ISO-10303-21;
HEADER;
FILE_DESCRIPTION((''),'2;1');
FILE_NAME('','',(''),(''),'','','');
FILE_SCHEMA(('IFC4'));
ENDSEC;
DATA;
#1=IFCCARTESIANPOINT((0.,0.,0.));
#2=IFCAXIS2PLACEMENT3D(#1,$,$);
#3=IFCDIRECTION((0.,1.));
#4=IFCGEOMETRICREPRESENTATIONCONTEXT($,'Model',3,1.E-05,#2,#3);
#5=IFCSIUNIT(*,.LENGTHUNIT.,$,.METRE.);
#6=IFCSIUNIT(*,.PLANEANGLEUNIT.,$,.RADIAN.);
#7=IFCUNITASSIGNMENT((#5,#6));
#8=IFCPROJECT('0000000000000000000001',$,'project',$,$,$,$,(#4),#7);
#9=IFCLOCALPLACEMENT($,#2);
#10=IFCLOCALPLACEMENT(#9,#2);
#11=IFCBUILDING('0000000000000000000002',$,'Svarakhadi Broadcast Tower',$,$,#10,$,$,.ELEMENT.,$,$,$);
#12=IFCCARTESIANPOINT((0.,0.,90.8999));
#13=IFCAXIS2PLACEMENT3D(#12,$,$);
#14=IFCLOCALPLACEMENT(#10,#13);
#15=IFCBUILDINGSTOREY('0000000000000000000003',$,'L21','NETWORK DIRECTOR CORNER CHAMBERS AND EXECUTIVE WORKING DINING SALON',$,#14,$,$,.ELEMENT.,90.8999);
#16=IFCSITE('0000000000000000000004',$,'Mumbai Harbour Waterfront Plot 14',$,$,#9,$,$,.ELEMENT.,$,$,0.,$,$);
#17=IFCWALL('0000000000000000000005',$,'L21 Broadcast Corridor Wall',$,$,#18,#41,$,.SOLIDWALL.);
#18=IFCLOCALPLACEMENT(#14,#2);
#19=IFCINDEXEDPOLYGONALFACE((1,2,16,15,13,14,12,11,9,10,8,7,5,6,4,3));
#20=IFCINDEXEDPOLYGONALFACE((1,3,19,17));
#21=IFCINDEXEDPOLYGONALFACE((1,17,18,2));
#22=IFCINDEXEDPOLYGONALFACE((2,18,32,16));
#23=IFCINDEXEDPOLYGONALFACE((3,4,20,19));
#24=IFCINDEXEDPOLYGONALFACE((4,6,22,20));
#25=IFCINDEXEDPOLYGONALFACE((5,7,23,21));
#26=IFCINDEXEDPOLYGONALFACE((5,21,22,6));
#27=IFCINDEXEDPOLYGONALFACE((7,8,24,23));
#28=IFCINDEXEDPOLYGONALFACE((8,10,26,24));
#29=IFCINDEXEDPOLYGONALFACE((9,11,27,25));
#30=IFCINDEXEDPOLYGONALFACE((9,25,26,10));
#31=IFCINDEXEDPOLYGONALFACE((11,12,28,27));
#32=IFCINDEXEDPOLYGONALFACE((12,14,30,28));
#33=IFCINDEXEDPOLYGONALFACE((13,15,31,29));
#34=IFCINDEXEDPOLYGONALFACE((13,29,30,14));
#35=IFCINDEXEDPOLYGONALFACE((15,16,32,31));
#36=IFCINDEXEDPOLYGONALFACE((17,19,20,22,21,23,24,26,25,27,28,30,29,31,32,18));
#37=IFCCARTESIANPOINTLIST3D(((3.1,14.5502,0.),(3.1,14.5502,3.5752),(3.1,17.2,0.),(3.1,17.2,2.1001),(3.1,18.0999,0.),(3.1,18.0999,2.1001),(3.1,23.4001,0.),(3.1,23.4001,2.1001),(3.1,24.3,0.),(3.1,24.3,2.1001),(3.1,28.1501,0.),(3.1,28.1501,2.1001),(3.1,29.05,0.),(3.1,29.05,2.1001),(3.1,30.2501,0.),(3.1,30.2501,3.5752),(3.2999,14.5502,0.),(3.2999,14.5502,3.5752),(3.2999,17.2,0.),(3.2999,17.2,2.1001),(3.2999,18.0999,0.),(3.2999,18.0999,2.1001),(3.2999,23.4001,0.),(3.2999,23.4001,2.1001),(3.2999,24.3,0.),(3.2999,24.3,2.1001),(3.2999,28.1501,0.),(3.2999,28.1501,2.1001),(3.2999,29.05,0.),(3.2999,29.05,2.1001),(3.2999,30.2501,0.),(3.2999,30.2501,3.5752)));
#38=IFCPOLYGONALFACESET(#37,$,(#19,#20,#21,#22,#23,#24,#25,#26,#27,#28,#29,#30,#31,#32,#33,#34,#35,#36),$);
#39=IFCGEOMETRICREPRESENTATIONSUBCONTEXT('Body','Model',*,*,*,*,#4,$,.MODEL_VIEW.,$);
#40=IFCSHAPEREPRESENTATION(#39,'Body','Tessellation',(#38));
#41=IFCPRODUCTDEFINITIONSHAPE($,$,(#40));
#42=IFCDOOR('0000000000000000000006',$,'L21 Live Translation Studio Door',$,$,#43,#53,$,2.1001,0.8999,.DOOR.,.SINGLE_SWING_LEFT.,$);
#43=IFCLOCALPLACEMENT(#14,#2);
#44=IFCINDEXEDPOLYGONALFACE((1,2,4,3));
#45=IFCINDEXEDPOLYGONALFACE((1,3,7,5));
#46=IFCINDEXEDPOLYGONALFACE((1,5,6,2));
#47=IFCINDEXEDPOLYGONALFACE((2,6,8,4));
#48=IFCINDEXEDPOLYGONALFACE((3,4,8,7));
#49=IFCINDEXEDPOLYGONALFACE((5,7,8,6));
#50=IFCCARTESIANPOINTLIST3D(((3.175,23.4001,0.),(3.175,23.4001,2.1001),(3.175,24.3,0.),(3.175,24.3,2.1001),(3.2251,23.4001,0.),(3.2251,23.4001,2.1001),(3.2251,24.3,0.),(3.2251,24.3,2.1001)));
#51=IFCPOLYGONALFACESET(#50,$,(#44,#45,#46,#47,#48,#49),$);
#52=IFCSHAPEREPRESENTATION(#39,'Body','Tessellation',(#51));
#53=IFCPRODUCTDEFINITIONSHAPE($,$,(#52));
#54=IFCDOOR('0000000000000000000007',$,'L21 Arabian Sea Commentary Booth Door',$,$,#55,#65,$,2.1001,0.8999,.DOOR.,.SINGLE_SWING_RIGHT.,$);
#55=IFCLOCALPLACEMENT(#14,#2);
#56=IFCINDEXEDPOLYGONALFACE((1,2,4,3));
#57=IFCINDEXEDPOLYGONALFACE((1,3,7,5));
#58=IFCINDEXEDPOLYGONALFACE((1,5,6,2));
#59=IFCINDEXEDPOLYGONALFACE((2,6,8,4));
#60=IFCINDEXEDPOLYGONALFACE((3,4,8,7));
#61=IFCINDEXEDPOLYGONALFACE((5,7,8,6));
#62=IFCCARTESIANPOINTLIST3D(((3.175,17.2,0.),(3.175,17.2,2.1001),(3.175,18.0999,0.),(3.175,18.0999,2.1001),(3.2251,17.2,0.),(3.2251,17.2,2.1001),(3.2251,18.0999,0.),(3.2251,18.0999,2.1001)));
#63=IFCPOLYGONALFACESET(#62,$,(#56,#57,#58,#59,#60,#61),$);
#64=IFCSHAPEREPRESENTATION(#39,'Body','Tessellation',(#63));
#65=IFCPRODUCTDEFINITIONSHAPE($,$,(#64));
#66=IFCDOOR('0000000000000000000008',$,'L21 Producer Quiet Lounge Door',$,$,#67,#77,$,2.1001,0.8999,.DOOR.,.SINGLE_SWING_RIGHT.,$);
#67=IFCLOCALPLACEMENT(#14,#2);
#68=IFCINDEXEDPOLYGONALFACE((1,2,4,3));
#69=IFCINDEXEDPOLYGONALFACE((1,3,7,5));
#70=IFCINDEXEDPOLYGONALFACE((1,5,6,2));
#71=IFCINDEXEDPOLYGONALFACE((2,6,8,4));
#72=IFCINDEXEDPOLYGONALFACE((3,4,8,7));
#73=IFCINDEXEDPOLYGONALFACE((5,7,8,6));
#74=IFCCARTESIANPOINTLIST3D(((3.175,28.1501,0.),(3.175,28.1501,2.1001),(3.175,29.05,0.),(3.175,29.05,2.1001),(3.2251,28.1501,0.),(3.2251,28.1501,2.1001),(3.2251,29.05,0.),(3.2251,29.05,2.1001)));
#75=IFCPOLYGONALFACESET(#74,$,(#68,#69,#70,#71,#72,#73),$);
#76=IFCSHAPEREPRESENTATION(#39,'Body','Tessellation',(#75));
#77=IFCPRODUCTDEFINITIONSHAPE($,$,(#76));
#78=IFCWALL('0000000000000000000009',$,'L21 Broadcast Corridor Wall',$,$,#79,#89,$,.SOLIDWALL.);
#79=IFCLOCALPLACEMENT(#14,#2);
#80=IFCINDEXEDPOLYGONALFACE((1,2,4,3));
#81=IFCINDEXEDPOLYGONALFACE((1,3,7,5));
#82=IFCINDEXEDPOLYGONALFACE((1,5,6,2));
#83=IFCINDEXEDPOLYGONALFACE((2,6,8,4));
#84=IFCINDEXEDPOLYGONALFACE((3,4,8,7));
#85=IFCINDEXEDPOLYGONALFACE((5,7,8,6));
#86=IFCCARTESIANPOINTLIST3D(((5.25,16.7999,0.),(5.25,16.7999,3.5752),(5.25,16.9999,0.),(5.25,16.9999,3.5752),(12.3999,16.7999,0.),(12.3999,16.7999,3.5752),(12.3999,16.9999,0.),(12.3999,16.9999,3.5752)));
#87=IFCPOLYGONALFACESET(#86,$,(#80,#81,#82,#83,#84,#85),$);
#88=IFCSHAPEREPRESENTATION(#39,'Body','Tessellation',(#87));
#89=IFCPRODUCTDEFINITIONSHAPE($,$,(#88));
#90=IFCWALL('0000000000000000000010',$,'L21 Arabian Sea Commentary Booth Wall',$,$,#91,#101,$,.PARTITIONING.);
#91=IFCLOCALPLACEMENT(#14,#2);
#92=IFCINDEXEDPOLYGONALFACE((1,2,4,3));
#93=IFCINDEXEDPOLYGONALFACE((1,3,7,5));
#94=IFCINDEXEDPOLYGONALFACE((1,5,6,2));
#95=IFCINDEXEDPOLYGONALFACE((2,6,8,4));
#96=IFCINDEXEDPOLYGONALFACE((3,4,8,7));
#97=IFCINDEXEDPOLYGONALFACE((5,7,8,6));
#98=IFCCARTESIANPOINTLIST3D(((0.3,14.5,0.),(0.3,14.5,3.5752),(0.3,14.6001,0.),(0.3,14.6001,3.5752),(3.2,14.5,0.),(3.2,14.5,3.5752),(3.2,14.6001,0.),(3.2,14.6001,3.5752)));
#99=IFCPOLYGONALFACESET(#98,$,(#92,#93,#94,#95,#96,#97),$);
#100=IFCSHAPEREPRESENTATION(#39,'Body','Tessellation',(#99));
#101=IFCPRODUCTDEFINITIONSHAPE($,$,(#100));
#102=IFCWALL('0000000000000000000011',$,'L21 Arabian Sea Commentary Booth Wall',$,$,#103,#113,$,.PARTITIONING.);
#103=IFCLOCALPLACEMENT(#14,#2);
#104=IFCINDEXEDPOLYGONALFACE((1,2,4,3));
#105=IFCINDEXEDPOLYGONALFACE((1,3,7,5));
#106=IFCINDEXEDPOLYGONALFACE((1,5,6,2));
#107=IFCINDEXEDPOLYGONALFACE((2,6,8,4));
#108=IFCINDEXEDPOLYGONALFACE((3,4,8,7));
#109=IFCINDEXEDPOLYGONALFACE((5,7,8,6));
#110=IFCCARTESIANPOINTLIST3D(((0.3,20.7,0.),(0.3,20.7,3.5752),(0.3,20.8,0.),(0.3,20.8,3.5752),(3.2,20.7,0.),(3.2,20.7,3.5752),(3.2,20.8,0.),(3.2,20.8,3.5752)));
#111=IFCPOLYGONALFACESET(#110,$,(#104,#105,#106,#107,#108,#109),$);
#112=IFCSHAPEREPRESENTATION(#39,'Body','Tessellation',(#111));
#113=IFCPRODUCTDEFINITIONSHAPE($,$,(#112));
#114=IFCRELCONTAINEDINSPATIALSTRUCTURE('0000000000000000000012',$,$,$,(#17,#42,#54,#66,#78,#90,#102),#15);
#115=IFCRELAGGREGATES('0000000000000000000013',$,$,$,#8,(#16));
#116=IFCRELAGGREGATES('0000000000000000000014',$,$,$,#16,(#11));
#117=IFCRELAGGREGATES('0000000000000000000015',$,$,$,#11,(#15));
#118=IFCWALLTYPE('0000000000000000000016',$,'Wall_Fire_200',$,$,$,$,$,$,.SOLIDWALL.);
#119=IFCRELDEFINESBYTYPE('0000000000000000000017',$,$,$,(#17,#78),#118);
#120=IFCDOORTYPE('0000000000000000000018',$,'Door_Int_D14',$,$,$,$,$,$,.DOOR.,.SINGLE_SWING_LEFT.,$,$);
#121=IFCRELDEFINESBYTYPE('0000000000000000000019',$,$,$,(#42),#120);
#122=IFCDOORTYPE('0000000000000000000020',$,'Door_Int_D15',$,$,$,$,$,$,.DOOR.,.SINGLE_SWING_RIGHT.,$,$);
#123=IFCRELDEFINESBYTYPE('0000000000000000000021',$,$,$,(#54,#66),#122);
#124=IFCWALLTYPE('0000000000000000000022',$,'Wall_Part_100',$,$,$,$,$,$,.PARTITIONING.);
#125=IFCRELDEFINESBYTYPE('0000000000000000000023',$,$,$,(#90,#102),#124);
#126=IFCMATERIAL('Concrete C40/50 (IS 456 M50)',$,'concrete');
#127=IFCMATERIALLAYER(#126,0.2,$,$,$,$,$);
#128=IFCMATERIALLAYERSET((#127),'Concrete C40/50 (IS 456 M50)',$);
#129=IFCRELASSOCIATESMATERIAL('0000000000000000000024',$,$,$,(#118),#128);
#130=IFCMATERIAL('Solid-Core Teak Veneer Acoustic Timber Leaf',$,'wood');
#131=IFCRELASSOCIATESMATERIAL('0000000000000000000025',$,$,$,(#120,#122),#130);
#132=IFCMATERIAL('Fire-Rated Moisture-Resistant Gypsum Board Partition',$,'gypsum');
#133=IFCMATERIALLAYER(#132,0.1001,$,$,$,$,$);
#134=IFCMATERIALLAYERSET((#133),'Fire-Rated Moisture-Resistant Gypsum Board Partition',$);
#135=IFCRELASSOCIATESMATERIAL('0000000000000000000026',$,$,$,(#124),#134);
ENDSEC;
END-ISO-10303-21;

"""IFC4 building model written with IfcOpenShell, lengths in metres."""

from ifc_helpers import new_model, si_unit, direction, frame, frame_2d, origin, place, context, subcontext, project, spatial, rectangle, extrude, material, layer, layer_set, type_object, element, fill, save


model = new_model("IFC4")

# Units and contexts
model_context = context("Model", 3, precision=1e-05, world=origin(), true_north=direction((0.0, 1.0)))
body_context = subcontext(model_context, "Body", "Model", "MODEL_VIEW")
ifc_project = project(units=[si_unit("LENGTHUNIT", "METRE"), si_unit("PLANEANGLEUNIT", "RADIAN")], contexts=[model_context])

# Site, building, storey
site_placement = place(None, origin())
site = spatial("IfcSite", under=ifc_project, at=site_placement, Name="Mumbai Harbour Waterfront Plot 14", CompositionType="ELEMENT", RefElevation=0.0)
building_placement = place(site_placement, origin())
building = spatial("IfcBuilding", under=site, at=building_placement, Name="Svarakhadi Broadcast Tower", CompositionType="ELEMENT")
storey_placement = place(building_placement, frame((0.0, 0.0, 90.8999)))
storey = spatial("IfcBuildingStorey", under=building, at=storey_placement, Name="L21", Description="NETWORK DIRECTOR CORNER CHAMBERS AND EXECUTIVE WORKING DINING SALON", CompositionType="ELEMENT", Elevation=90.8999)

# Shared definitions
ifc_material_1 = material(Name="Concrete C40/50 (IS 456 M50)", Category="concrete")
ifc_layer_1 = layer(ifc_material_1, 0.2)
ifc_layer_set_1 = layer_set([ifc_layer_1], Name="Concrete C40/50 (IS 456 M50)")
wall_type_1 = type_object("IfcWallType", Name="Wall_Fire_200", PredefinedType="SOLIDWALL", material=ifc_layer_set_1)

# Wall, openings, doors
wall_1_placement = place(storey_placement, frame((3.2, 14.55, 0.0), z_axis=(0.0, 0.0, 1.0), x_axis=(0.0, 1.0, 0.0)))
wall_1 = element("IfcWall", 1, at=wall_1_placement, inside=storey, type_object=wall_type_1, Name="L21 Broadcast Corridor Wall", PredefinedType="SOLIDWALL", context=body_context, shape_type="SweptSolid", body=[
    extrude(rectangle(XDim=15.7, YDim=0.2, at=frame_2d((7.8501, 0.0))), origin(), (0.0, 0.0, 1.0), 3.5752),
])
opening_1_placement = place(wall_1_placement, frame((2.6499, 0.0, 0.0)))
opening_1 = element("IfcOpeningElement", 2, at=opening_1_placement, cuts=wall_1, PredefinedType="OPENING", context=body_context, shape_type="SweptSolid", body=[
    extrude(rectangle(XDim=0.8999, YDim=2.1001, at=frame_2d((0.45, 1.05))), frame((0.0, 0.1099, 0.0), z_axis=(0.0, -1.0, 0.0), x_axis=(1.0, 0.0, 0.0)), (0.0, 0.0, 1.0), 0.22),
])
opening_2_placement = place(wall_1_placement, frame((8.8501, 0.0, 0.0)))
opening_2 = element("IfcOpeningElement", 3, at=opening_2_placement, cuts=wall_1, PredefinedType="OPENING", context=body_context, shape_type="SweptSolid", body=[
    extrude(rectangle(XDim=0.8999, YDim=2.1001, at=frame_2d((0.45, 1.05))), frame((0.0, 0.1099, 0.0), z_axis=(0.0, -1.0, 0.0), x_axis=(1.0, 0.0, 0.0)), (0.0, 0.0, 1.0), 0.22),
])
opening_3_placement = place(wall_1_placement, frame((13.6001, 0.0, 0.0)))
opening_3 = element("IfcOpeningElement", 4, at=opening_3_placement, cuts=wall_1, PredefinedType="OPENING", context=body_context, shape_type="SweptSolid", body=[
    extrude(rectangle(XDim=0.8999, YDim=2.1001, at=frame_2d((0.45, 1.05))), frame((0.0, 0.1099, 0.0), z_axis=(0.0, -1.0, 0.0), x_axis=(1.0, 0.0, 0.0)), (0.0, 0.0, 1.0), 0.22),
])
ifc_material_2 = material(Name="Solid-Core Teak Veneer Acoustic Timber Leaf", Category="wood")
door_type_1 = type_object("IfcDoorType", Name="Door_Int_D14", OperationType="SINGLE_SWING_LEFT", PredefinedType="DOOR", material=ifc_material_2)
door_1_placement = place(opening_2_placement, origin())
door_1 = element("IfcDoor", 5, at=door_1_placement, inside=storey, type_object=door_type_1, Name="L21 Live Translation Studio Door", OperationType="SINGLE_SWING_LEFT", OverallHeight=2.1001, OverallWidth=0.8999, PredefinedType="DOOR", context=body_context, shape_type="SweptSolid", body=[
    extrude(rectangle(XDim=0.8999, YDim=2.1001, at=frame_2d((0.45, 1.05))), frame((0.0, 0.0249, 0.0), z_axis=(0.0, -1.0, 0.0), x_axis=(1.0, 0.0, 0.0)), (0.0, 0.0, 1.0), 0.05),
])
fill(opening_2, door_1)
door_type_2 = type_object("IfcDoorType", Name="Door_Int_D15", OperationType="SINGLE_SWING_RIGHT", PredefinedType="DOOR", material=ifc_material_2)
door_2_placement = place(opening_1_placement, origin())
door_2 = element("IfcDoor", 6, at=door_2_placement, inside=storey, type_object=door_type_2, Name="L21 Arabian Sea Commentary Booth Door", OperationType="SINGLE_SWING_RIGHT", OverallHeight=2.1001, OverallWidth=0.8999, PredefinedType="DOOR", context=body_context, shape_type="SweptSolid", body=[
    extrude(rectangle(XDim=0.8999, YDim=2.1001, at=frame_2d((0.45, 1.05))), frame((0.0, 0.0249, 0.0), z_axis=(0.0, -1.0, 0.0), x_axis=(1.0, 0.0, 0.0)), (0.0, 0.0, 1.0), 0.05),
])
fill(opening_1, door_2)
door_3_placement = place(opening_3_placement, origin())
door_3 = element("IfcDoor", 7, at=door_3_placement, inside=storey, type_object=door_type_2, Name="L21 Producer Quiet Lounge Door", OperationType="SINGLE_SWING_RIGHT", OverallHeight=2.1001, OverallWidth=0.8999, PredefinedType="DOOR", context=body_context, shape_type="SweptSolid", body=[
    extrude(rectangle(XDim=0.8999, YDim=2.1001, at=frame_2d((0.45, 1.05))), frame((0.0, 0.0249, 0.0), z_axis=(0.0, -1.0, 0.0), x_axis=(1.0, 0.0, 0.0)), (0.0, 0.0, 1.0), 0.05),
])
fill(opening_3, door_3)

# Walls
wall_2_placement = place(storey_placement, frame((5.25, 16.8999, 0.0), z_axis=(0.0, 0.0, 1.0), x_axis=(1.0, 0.0, 0.0)))
element("IfcWall", 8, at=wall_2_placement, inside=storey, type_object=wall_type_1, Name="L21 Broadcast Corridor Wall", PredefinedType="SOLIDWALL", context=body_context, shape_type="SweptSolid", body=[
    extrude(rectangle(XDim=7.1499, YDim=0.2, at=frame_2d((3.575, 0.0))), origin(), (0.0, 0.0, 1.0), 3.5752),
])
ifc_material_3 = material(Name="Fire-Rated Moisture-Resistant Gypsum Board Partition", Category="gypsum")
ifc_layer_2 = layer(ifc_material_3, 0.1001)
ifc_layer_set_2 = layer_set([ifc_layer_2], Name="Fire-Rated Moisture-Resistant Gypsum Board Partition")
wall_type_2 = type_object("IfcWallType", Name="Wall_Part_100", PredefinedType="PARTITIONING", material=ifc_layer_set_2)
for number, where, z_axis, x_axis, name in (
    (9, (0.3, 14.55, 0.0), (0.0, 0.0, 1.0), (1.0, 0.0, 0.0), "L21 Arabian Sea Commentary Booth Wall"),
    (10, (0.3, 20.75, 0.0), (0.0, 0.0, 1.0), (1.0, 0.0, 0.0), "L21 Arabian Sea Commentary Booth Wall"),
):
    element("IfcWall", number, at=place(storey_placement, frame(where, z_axis=z_axis, x_axis=x_axis)), inside=storey, type_object=wall_type_2, Name=name, PredefinedType="PARTITIONING", context=body_context, shape_type="SweptSolid", body=[
        extrude(rectangle(XDim=2.8999, YDim=0.1001, at=frame_2d((1.45, 0.0))), origin(), (0.0, 0.0, 1.0), 3.5752),
    ])

save(model, "model.ifc")
